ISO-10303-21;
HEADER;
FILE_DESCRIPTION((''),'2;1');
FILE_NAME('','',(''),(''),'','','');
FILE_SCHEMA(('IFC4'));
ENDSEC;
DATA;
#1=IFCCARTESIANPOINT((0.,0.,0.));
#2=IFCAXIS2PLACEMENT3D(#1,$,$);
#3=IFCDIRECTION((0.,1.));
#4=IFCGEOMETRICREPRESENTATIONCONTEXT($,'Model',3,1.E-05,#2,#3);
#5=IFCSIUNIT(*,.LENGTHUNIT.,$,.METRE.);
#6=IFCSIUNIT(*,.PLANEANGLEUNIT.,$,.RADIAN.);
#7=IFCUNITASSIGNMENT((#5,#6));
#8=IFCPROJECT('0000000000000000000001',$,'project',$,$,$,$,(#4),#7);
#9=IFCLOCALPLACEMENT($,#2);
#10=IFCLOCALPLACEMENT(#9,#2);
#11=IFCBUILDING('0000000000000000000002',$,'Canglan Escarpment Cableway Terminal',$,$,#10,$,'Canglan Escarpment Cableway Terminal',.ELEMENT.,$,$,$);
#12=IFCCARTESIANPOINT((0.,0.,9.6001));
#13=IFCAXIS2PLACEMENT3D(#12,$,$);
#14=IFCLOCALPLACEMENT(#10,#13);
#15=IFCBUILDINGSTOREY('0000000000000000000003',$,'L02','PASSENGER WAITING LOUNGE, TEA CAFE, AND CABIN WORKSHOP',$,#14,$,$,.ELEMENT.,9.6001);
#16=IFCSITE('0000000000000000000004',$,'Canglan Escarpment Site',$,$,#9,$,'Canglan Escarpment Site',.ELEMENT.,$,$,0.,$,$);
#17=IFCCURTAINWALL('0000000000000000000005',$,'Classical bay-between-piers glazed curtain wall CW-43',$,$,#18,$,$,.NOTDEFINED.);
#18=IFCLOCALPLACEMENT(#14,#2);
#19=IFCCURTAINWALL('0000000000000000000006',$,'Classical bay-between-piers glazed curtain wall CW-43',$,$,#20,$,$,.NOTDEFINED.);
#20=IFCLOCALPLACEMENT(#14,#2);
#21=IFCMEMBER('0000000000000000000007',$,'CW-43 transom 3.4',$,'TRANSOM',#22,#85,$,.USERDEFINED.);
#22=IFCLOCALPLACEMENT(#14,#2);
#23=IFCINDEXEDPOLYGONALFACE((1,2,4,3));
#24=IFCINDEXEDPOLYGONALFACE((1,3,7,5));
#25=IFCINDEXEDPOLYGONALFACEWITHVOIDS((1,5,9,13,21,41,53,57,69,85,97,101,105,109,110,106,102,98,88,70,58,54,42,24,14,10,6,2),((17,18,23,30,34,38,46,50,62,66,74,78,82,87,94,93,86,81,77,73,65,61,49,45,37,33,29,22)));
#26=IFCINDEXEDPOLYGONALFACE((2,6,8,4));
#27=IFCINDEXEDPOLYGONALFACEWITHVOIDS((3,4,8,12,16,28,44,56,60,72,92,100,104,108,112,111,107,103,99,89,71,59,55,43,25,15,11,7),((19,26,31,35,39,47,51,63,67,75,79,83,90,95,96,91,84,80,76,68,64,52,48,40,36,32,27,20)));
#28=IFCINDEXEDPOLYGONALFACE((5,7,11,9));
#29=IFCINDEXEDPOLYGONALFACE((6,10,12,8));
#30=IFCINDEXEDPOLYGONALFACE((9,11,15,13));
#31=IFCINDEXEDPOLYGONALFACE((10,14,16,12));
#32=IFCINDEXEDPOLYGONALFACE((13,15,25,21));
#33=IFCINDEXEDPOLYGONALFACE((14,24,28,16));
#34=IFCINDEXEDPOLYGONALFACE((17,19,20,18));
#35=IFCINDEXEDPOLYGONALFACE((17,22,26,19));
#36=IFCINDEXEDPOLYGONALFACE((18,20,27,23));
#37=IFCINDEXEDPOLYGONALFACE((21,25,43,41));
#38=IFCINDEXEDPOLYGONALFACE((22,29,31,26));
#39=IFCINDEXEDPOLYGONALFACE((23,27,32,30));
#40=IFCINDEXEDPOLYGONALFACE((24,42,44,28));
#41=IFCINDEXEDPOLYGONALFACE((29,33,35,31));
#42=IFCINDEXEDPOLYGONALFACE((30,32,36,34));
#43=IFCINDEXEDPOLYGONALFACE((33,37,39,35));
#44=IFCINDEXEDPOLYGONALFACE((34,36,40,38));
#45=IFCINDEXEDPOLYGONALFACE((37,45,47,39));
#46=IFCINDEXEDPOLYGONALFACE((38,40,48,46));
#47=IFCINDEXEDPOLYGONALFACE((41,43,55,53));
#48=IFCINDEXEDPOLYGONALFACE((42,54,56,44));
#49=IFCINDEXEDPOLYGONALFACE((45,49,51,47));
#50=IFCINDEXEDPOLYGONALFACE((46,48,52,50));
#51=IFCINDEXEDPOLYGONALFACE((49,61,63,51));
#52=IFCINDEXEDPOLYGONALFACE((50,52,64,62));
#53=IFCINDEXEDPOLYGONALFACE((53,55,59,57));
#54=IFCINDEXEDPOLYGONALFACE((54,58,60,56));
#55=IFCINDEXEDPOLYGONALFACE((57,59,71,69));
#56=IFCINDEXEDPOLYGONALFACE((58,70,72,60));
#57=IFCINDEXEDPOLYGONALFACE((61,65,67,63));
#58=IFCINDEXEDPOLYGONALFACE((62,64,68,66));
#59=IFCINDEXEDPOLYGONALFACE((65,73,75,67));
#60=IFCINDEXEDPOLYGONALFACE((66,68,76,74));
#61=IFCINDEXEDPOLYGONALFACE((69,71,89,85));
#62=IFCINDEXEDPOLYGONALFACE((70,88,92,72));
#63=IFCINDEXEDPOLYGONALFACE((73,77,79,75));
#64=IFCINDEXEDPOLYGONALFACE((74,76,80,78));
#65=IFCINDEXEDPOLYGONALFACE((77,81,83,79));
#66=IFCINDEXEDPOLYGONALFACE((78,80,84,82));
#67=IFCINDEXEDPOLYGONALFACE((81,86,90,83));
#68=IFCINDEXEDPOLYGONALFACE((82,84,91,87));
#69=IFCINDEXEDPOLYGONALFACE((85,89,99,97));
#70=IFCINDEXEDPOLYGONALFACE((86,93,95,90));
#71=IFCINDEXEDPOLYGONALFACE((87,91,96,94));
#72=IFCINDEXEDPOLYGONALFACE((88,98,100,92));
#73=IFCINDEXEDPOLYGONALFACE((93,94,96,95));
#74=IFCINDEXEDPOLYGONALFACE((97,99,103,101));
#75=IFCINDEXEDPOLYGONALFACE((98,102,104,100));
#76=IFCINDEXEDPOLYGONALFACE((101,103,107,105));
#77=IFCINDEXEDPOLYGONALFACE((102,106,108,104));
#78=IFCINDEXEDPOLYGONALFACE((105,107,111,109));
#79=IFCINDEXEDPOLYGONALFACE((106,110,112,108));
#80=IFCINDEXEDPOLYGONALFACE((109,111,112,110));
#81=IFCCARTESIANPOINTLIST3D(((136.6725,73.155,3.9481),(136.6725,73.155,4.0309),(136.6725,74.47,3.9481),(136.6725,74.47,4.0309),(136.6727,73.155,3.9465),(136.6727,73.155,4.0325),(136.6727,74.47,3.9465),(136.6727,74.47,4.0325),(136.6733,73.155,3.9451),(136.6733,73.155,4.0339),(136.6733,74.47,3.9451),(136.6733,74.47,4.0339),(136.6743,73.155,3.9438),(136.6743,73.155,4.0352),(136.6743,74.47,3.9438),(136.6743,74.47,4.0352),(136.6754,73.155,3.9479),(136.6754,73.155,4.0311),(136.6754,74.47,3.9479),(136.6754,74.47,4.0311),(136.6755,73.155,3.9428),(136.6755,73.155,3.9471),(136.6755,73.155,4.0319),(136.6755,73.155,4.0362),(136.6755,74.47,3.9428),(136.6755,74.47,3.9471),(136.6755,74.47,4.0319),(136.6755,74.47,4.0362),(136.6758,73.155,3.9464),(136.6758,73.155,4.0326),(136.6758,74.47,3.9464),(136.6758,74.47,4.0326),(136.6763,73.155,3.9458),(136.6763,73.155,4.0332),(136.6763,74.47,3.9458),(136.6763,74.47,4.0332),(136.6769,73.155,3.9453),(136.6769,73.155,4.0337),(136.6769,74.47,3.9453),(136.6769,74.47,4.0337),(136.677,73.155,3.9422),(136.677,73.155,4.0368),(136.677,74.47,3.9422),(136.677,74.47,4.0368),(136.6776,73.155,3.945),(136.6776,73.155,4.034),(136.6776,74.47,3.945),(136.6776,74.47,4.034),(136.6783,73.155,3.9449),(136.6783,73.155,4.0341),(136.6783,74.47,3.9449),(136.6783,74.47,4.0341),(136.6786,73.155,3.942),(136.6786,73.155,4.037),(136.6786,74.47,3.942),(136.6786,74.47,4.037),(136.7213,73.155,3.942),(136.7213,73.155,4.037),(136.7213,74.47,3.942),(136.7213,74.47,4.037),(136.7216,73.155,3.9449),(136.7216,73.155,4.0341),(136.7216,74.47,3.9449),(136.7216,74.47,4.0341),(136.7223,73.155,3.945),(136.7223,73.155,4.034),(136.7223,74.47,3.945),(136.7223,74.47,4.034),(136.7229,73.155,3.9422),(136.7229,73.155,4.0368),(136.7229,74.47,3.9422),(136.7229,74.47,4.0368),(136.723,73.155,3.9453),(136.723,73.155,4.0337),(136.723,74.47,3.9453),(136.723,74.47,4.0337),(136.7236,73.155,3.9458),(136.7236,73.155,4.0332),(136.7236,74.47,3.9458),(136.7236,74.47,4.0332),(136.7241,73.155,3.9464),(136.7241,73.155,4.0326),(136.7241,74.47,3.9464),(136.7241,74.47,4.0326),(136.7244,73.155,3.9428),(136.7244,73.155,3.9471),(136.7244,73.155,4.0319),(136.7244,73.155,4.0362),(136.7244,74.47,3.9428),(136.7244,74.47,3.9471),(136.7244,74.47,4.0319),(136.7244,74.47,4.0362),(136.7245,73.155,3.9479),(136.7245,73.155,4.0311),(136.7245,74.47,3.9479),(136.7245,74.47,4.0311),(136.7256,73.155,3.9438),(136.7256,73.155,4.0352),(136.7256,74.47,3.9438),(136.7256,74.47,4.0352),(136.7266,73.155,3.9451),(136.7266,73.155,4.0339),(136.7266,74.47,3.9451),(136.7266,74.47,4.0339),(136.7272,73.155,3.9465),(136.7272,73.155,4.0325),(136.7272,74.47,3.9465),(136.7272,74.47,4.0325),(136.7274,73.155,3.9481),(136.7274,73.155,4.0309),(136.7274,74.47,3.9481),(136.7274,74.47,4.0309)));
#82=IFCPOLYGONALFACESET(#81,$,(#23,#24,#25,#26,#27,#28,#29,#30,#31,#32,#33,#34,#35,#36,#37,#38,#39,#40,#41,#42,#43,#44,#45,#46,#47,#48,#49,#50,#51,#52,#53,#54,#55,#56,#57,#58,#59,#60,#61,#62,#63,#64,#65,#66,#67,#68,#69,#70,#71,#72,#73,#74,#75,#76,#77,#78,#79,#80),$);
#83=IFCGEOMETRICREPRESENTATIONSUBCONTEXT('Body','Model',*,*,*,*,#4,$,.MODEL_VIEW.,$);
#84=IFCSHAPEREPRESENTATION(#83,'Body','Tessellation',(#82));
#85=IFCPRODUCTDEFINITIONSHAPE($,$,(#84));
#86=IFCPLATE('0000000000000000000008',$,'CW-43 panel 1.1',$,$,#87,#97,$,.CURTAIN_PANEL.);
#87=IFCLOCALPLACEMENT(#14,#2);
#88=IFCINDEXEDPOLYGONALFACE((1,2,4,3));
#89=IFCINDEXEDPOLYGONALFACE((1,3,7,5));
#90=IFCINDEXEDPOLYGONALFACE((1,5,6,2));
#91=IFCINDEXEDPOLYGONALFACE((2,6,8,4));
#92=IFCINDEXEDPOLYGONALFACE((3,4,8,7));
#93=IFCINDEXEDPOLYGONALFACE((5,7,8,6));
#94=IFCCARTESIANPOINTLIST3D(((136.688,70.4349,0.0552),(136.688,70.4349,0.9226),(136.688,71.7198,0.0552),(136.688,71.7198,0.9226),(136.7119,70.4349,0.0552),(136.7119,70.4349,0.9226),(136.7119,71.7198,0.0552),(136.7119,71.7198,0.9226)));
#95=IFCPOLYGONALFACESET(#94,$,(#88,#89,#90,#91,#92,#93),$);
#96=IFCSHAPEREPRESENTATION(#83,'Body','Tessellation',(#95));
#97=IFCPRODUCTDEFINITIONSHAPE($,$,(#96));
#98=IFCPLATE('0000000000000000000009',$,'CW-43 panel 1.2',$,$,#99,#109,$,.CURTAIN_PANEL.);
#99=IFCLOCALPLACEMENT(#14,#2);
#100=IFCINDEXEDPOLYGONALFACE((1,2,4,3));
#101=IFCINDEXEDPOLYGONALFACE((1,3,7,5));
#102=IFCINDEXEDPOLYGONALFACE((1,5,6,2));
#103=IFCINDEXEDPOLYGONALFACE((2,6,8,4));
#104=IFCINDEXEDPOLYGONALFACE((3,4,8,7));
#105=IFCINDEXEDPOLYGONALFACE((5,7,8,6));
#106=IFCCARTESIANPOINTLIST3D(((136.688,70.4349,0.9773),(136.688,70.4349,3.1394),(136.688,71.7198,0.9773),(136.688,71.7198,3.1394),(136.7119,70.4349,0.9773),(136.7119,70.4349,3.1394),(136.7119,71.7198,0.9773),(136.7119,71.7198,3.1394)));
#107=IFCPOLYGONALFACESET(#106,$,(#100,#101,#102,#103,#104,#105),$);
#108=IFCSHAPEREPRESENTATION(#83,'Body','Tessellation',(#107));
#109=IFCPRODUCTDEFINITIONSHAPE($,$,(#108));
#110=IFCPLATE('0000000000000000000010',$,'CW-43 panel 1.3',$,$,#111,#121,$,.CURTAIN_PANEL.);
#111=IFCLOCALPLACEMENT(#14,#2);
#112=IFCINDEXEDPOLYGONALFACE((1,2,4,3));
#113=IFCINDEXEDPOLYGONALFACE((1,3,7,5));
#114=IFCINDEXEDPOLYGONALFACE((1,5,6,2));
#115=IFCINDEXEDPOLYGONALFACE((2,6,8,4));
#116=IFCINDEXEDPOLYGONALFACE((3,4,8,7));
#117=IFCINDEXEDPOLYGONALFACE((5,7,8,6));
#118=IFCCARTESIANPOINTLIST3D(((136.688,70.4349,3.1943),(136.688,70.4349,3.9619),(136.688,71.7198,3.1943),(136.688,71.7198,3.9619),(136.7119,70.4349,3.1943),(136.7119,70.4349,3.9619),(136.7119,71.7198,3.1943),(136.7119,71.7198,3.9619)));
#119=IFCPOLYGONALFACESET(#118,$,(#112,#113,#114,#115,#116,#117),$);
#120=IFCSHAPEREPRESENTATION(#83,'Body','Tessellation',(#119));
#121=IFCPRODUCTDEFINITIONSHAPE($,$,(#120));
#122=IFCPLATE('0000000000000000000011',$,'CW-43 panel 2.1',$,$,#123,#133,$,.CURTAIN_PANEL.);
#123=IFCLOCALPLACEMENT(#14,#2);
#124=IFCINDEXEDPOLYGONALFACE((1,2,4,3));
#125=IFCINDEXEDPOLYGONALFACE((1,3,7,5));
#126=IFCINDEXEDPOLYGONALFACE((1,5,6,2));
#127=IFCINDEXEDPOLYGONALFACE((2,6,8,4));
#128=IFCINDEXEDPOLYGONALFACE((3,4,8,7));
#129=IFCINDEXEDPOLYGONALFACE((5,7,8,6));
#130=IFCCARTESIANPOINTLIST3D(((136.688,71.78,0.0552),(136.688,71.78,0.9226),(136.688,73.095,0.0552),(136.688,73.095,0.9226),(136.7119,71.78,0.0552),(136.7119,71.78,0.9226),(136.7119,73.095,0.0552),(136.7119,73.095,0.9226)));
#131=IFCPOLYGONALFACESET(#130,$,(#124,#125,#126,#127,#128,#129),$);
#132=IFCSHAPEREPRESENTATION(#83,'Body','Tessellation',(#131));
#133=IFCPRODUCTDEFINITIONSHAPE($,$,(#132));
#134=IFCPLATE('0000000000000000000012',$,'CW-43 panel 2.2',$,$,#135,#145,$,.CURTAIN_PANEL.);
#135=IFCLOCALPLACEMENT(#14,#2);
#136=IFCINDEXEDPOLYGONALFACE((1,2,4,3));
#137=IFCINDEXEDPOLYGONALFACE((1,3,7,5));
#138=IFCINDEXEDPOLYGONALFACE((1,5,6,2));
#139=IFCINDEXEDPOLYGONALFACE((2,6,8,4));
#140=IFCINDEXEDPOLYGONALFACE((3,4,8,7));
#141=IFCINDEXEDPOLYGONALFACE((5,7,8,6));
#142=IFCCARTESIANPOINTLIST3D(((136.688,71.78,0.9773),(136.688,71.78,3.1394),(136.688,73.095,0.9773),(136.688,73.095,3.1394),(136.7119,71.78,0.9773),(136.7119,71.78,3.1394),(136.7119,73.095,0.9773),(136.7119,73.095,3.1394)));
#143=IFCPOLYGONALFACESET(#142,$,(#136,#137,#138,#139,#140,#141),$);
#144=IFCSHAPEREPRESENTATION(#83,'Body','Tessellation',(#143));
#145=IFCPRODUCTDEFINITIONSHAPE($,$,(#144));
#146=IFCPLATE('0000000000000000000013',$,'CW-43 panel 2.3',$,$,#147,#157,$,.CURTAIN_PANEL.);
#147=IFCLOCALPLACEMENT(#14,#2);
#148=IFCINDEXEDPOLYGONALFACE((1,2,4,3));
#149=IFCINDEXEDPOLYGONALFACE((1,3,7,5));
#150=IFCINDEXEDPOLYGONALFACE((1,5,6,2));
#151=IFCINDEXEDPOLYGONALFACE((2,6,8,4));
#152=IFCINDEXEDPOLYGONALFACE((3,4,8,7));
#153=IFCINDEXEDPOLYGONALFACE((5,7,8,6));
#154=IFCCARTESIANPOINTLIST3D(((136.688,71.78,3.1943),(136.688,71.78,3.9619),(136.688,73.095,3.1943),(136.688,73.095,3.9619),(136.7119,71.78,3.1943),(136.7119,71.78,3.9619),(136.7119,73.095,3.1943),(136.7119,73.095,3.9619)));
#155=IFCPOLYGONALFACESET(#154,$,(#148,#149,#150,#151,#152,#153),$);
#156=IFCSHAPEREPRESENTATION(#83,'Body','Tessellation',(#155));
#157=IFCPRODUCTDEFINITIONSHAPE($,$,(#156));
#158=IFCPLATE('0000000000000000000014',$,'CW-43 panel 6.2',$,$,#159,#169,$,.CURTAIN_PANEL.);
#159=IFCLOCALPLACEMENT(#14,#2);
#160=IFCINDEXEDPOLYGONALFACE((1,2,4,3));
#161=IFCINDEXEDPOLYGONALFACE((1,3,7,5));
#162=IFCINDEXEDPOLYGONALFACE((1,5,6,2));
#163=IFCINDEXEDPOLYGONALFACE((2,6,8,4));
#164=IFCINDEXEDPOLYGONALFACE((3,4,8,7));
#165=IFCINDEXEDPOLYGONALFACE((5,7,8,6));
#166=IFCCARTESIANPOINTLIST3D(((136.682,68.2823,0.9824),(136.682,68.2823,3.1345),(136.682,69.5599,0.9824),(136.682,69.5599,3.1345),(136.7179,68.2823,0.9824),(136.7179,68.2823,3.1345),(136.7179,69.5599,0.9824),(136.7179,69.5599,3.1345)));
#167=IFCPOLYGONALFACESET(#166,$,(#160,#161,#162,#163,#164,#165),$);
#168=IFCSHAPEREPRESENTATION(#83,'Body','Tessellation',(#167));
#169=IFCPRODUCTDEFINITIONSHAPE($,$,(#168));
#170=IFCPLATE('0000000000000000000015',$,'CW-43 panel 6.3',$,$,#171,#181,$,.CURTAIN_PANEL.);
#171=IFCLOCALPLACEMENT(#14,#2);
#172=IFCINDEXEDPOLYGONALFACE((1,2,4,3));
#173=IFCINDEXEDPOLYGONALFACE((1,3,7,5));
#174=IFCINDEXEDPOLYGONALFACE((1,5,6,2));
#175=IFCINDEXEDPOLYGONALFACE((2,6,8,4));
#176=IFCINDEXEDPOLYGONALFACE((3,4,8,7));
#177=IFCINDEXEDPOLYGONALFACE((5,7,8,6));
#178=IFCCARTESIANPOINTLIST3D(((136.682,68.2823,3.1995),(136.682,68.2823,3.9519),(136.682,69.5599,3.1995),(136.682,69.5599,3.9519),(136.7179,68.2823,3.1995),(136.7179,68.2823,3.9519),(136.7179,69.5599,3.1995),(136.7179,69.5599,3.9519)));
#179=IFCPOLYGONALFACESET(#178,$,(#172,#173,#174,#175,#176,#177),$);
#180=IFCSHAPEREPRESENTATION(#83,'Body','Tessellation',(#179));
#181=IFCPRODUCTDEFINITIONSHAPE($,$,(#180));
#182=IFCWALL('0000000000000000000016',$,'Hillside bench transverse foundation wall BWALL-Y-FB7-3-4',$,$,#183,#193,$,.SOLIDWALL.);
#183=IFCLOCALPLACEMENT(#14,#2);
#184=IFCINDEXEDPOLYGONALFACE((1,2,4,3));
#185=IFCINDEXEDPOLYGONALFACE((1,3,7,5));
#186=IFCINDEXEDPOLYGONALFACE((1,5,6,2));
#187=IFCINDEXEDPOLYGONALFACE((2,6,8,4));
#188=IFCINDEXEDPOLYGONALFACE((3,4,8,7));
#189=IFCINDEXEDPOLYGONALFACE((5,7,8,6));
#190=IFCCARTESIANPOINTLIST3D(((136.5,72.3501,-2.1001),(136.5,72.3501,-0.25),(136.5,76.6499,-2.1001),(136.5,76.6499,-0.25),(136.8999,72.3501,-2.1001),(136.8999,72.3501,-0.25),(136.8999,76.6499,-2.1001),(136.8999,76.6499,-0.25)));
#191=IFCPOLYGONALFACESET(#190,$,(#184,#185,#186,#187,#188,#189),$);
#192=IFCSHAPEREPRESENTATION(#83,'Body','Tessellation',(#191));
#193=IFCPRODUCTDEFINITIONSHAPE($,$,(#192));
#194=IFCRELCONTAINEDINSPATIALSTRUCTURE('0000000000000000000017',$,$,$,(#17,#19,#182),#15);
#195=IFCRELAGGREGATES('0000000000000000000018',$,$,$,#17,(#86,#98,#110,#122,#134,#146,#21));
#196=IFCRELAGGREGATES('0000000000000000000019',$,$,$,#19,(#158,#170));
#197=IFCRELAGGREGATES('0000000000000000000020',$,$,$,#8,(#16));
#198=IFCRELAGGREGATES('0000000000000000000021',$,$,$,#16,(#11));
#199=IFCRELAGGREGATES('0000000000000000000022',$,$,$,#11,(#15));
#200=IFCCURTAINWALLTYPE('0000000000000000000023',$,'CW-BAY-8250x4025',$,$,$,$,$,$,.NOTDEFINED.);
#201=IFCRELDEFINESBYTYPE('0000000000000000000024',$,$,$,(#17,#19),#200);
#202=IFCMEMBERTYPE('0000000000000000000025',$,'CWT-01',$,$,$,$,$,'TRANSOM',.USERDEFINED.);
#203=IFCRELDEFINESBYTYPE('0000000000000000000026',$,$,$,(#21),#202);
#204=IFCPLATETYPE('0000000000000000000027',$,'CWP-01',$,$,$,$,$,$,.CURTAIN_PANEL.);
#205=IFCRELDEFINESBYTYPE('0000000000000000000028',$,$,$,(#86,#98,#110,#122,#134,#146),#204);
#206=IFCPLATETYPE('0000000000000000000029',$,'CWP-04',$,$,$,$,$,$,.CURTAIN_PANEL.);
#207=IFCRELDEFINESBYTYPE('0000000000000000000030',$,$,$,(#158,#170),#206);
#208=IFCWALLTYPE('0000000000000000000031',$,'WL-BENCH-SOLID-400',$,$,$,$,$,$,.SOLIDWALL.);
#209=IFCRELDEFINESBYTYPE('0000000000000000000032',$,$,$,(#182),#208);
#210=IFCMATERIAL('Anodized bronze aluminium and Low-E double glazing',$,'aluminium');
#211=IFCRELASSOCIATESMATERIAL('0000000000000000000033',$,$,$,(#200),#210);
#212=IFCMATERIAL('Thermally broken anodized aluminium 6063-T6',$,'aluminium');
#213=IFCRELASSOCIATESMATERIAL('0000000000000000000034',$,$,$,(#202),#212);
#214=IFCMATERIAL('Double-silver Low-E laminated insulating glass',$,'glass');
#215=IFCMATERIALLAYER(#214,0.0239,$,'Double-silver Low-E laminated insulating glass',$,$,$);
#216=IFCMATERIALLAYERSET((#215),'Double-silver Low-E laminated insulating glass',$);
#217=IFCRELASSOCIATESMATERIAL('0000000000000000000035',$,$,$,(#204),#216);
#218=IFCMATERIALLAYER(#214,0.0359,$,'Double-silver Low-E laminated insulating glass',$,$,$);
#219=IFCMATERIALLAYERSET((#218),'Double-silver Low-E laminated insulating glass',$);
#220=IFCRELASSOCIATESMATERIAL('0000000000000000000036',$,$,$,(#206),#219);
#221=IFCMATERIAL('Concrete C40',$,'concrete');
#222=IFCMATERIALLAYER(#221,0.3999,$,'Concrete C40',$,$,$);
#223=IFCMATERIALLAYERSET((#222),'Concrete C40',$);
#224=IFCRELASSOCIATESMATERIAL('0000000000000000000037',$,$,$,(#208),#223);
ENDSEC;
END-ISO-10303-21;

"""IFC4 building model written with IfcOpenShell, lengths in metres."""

from ifc_helpers import new_model, si_unit, direction, frame, frame_2d, origin, origin_2d, place, context, subcontext, project, spatial, rectangle, hollow_rectangle, extrude, material, layer, layer_set, material_profile, profile_set, type_object, element, aggregate, save


model = new_model("IFC4")

# Units and contexts
model_context = context("Model", 3, precision=1e-05, world=origin(), true_north=direction((0.0, 1.0)))
body_context = subcontext(model_context, "Body", "Model", "MODEL_VIEW")
ifc_project = project(units=[si_unit("LENGTHUNIT", "METRE"), si_unit("PLANEANGLEUNIT", "RADIAN")], contexts=[model_context])

# Site, building, storey
site_placement = place(None, origin())
site = spatial("IfcSite", under=ifc_project, at=site_placement, Name="Canglan Escarpment Site", LongName="Canglan Escarpment Site", CompositionType="ELEMENT", RefElevation=0.0)
building_placement = place(site_placement, origin())
building = spatial("IfcBuilding", under=site, at=building_placement, Name="Canglan Escarpment Cableway Terminal", LongName="Canglan Escarpment Cableway Terminal", CompositionType="ELEMENT")
storey_placement = place(building_placement, frame((0.0, 0.0, 9.6001)))
storey = spatial("IfcBuildingStorey", under=building, at=storey_placement, Name="L02", Description="PASSENGER WAITING LOUNGE, TEA CAFE, AND CABIN WORKSHOP", CompositionType="ELEMENT", Elevation=9.6001)

# Shared definitions
ifc_material_1 = material(Name="Concrete C40", Category="concrete")

# Curtain wall
ifc_material_2 = material(Name="Anodized bronze aluminium and Low-E double glazing", Category="aluminium")
curtain_wall_type = type_object("IfcCurtainWallType", Name="CW-BAY-8250x4025", PredefinedType="NOTDEFINED", material=ifc_material_2)
curtain_wall_1_placement = place(storey_placement, origin())
curtain_wall_1 = element("IfcCurtainWall", 1, at=curtain_wall_1_placement, inside=storey, type_object=curtain_wall_type, Name="Classical bay-between-piers glazed curtain wall CW-43", PredefinedType="NOTDEFINED")
ifc_material_3 = material(Name="Thermally broken anodized aluminium 6063-T6", Category="aluminium")

# Curtain wall
curtain_wall_2_placement = place(storey_placement, origin())
curtain_wall_2 = element("IfcCurtainWall", 2, at=curtain_wall_2_placement, inside=storey, type_object=curtain_wall_type, Name="Classical bay-between-piers glazed curtain wall CW-43", PredefinedType="NOTDEFINED")

# Member
ifc_material_profile_1 = material_profile(ifc_material_3, hollow_rectangle(XDim=0.0549, YDim=0.095, WallThickness=0.0029, InnerFilletRadius=0.0029, OuterFilletRadius=0.0061, at=origin_2d()), Name="ALU-TRAN 55x95x3")
ifc_profile_set_1 = profile_set([ifc_material_profile_1], Name="Thermally broken anodized aluminium 6063-T6")
member_type_1 = type_object("IfcMemberType", Name="CWT-01", ElementType="TRANSOM", PredefinedType="USERDEFINED", material=ifc_profile_set_1)
member_1_placement = place(storey_placement, frame((136.7, 73.155, 3.9895), z_axis=(0.0, 1.0, 0.0), x_axis=(-1.0, 0.0, 0.0)))
member_1 = element("IfcMember", 3, at=member_1_placement, type_object=member_type_1, Name="CW-43 transom 3.4", ObjectType="TRANSOM", PredefinedType="USERDEFINED", context=body_context, shape_type="SweptSolid", body=[
    extrude(hollow_rectangle(XDim=0.0549, YDim=0.095, WallThickness=0.0029, InnerFilletRadius=0.0029, OuterFilletRadius=0.0061, at=origin_2d()), origin(), (0.0, 0.0, 1.0), 1.3149),
])

# Plates
ifc_material_4 = material(Name="Double-silver Low-E laminated insulating glass", Category="glass")
ifc_layer_1 = layer(ifc_material_4, 0.0239, Name="Double-silver Low-E laminated insulating glass")
ifc_layer_set_1 = layer_set([ifc_layer_1], Name="Double-silver Low-E laminated insulating glass")
plate_type_1 = type_object("IfcPlateType", Name="CWP-01", PredefinedType="CURTAIN_PANEL", material=ifc_layer_set_1)
plate_1_placement = place(storey_placement, frame((136.7, 71.0774, 0.0552), z_axis=(0.0, 0.0, 1.0), x_axis=(0.0, 1.0, 0.0)))
plate_1 = element("IfcPlate", 4, at=plate_1_placement, type_object=plate_type_1, Name="CW-43 panel 1.1", PredefinedType="CURTAIN_PANEL", context=body_context, shape_type="SweptSolid", body=[
    extrude(rectangle(XDim=1.2849, YDim=0.0239, at=origin_2d()), origin(), (0.0, 0.0, 1.0), 0.8674),
])
plate_2_placement = place(storey_placement, frame((136.7, 71.0774, 0.9773), z_axis=(0.0, 0.0, 1.0), x_axis=(0.0, 1.0, 0.0)))
plate_2 = element("IfcPlate", 5, at=plate_2_placement, type_object=plate_type_1, Name="CW-43 panel 1.2", PredefinedType="CURTAIN_PANEL", context=body_context, shape_type="SweptSolid", body=[
    extrude(rectangle(XDim=1.2849, YDim=0.0239, at=origin_2d()), origin(), (0.0, 0.0, 1.0), 2.1621),
])
plate_3_placement = place(storey_placement, frame((136.7, 71.0774, 3.1943), z_axis=(0.0, 0.0, 1.0), x_axis=(0.0, 1.0, 0.0)))
plate_3 = element("IfcPlate", 6, at=plate_3_placement, type_object=plate_type_1, Name="CW-43 panel 1.3", PredefinedType="CURTAIN_PANEL", context=body_context, shape_type="SweptSolid", body=[
    extrude(rectangle(XDim=1.2849, YDim=0.0239, at=origin_2d()), origin(), (0.0, 0.0, 1.0), 0.7676),
])
plate_4_placement = place(storey_placement, frame((136.7, 72.4375, 0.0552), z_axis=(0.0, 0.0, 1.0), x_axis=(0.0, 1.0, 0.0)))
plate_4 = element("IfcPlate", 7, at=plate_4_placement, type_object=plate_type_1, Name="CW-43 panel 2.1", PredefinedType="CURTAIN_PANEL", context=body_context, shape_type="SweptSolid", body=[
    extrude(rectangle(XDim=1.3149, YDim=0.0239, at=origin_2d()), origin(), (0.0, 0.0, 1.0), 0.8674),
])
plate_5_placement = place(storey_placement, frame((136.7, 72.4375, 0.9773), z_axis=(0.0, 0.0, 1.0), x_axis=(0.0, 1.0, 0.0)))
plate_5 = element("IfcPlate", 8, at=plate_5_placement, type_object=plate_type_1, Name="CW-43 panel 2.2", PredefinedType="CURTAIN_PANEL", context=body_context, shape_type="SweptSolid", body=[
    extrude(rectangle(XDim=1.3149, YDim=0.0239, at=origin_2d()), origin(), (0.0, 0.0, 1.0), 2.1621),
])
plate_6_placement = place(storey_placement, frame((136.7, 72.4375, 3.1943), z_axis=(0.0, 0.0, 1.0), x_axis=(0.0, 1.0, 0.0)))
plate_6 = element("IfcPlate", 9, at=plate_6_placement, type_object=plate_type_1, Name="CW-43 panel 2.3", PredefinedType="CURTAIN_PANEL", context=body_context, shape_type="SweptSolid", body=[
    extrude(rectangle(XDim=1.3149, YDim=0.0239, at=origin_2d()), origin(), (0.0, 0.0, 1.0), 0.7676),
])
aggregate(curtain_wall_1, [plate_1, plate_2, plate_3, plate_4, plate_5, plate_6, member_1])
ifc_layer_2 = layer(ifc_material_4, 0.0359, Name="Double-silver Low-E laminated insulating glass")
ifc_layer_set_2 = layer_set([ifc_layer_2], Name="Double-silver Low-E laminated insulating glass")
plate_type_2 = type_object("IfcPlateType", Name="CWP-04", PredefinedType="CURTAIN_PANEL", material=ifc_layer_set_2)
plate_7_placement = place(storey_placement, frame((136.7, 68.9211, 0.9824), z_axis=(0.0, 0.0, 1.0), x_axis=(0.0, 1.0, 0.0)))
plate_7 = element("IfcPlate", 10, at=plate_7_placement, type_object=plate_type_2, Name="CW-43 panel 6.2", PredefinedType="CURTAIN_PANEL", context=body_context, shape_type="SweptSolid", body=[
    extrude(rectangle(XDim=1.2776, YDim=0.0359, at=origin_2d()), origin(), (0.0, 0.0, 1.0), 2.1521),
])
plate_8_placement = place(storey_placement, frame((136.7, 68.9211, 3.1995), z_axis=(0.0, 0.0, 1.0), x_axis=(0.0, 1.0, 0.0)))
plate_8 = element("IfcPlate", 11, at=plate_8_placement, type_object=plate_type_2, Name="CW-43 panel 6.3", PredefinedType="CURTAIN_PANEL", context=body_context, shape_type="SweptSolid", body=[
    extrude(rectangle(XDim=1.2776, YDim=0.0359, at=origin_2d()), origin(), (0.0, 0.0, 1.0), 0.7524),
])
aggregate(curtain_wall_2, [plate_7, plate_8])

# Wall
ifc_layer_3 = layer(ifc_material_1, 0.3999, Name="Concrete C40")
ifc_layer_set_3 = layer_set([ifc_layer_3], Name="Concrete C40")
wall_type = type_object("IfcWallType", Name="WL-BENCH-SOLID-400", PredefinedType="SOLIDWALL", material=ifc_layer_set_3)
wall_placement = place(storey_placement, frame((136.7, 72.3501, -2.1001), z_axis=(0.0, 0.0, 1.0), x_axis=(0.0, 1.0, 0.0)))
element("IfcWall", 12, at=wall_placement, inside=storey, type_object=wall_type, Name="Hillside bench transverse foundation wall BWALL-Y-FB7-3-4", PredefinedType="SOLIDWALL", context=body_context, shape_type="SweptSolid", body=[
    extrude(rectangle(XDim=4.2998, YDim=0.3999, at=frame_2d((2.1499, 0.0))), origin(), (0.0, 0.0, 1.0), 1.8501),
])

save(model, "model.ifc")
